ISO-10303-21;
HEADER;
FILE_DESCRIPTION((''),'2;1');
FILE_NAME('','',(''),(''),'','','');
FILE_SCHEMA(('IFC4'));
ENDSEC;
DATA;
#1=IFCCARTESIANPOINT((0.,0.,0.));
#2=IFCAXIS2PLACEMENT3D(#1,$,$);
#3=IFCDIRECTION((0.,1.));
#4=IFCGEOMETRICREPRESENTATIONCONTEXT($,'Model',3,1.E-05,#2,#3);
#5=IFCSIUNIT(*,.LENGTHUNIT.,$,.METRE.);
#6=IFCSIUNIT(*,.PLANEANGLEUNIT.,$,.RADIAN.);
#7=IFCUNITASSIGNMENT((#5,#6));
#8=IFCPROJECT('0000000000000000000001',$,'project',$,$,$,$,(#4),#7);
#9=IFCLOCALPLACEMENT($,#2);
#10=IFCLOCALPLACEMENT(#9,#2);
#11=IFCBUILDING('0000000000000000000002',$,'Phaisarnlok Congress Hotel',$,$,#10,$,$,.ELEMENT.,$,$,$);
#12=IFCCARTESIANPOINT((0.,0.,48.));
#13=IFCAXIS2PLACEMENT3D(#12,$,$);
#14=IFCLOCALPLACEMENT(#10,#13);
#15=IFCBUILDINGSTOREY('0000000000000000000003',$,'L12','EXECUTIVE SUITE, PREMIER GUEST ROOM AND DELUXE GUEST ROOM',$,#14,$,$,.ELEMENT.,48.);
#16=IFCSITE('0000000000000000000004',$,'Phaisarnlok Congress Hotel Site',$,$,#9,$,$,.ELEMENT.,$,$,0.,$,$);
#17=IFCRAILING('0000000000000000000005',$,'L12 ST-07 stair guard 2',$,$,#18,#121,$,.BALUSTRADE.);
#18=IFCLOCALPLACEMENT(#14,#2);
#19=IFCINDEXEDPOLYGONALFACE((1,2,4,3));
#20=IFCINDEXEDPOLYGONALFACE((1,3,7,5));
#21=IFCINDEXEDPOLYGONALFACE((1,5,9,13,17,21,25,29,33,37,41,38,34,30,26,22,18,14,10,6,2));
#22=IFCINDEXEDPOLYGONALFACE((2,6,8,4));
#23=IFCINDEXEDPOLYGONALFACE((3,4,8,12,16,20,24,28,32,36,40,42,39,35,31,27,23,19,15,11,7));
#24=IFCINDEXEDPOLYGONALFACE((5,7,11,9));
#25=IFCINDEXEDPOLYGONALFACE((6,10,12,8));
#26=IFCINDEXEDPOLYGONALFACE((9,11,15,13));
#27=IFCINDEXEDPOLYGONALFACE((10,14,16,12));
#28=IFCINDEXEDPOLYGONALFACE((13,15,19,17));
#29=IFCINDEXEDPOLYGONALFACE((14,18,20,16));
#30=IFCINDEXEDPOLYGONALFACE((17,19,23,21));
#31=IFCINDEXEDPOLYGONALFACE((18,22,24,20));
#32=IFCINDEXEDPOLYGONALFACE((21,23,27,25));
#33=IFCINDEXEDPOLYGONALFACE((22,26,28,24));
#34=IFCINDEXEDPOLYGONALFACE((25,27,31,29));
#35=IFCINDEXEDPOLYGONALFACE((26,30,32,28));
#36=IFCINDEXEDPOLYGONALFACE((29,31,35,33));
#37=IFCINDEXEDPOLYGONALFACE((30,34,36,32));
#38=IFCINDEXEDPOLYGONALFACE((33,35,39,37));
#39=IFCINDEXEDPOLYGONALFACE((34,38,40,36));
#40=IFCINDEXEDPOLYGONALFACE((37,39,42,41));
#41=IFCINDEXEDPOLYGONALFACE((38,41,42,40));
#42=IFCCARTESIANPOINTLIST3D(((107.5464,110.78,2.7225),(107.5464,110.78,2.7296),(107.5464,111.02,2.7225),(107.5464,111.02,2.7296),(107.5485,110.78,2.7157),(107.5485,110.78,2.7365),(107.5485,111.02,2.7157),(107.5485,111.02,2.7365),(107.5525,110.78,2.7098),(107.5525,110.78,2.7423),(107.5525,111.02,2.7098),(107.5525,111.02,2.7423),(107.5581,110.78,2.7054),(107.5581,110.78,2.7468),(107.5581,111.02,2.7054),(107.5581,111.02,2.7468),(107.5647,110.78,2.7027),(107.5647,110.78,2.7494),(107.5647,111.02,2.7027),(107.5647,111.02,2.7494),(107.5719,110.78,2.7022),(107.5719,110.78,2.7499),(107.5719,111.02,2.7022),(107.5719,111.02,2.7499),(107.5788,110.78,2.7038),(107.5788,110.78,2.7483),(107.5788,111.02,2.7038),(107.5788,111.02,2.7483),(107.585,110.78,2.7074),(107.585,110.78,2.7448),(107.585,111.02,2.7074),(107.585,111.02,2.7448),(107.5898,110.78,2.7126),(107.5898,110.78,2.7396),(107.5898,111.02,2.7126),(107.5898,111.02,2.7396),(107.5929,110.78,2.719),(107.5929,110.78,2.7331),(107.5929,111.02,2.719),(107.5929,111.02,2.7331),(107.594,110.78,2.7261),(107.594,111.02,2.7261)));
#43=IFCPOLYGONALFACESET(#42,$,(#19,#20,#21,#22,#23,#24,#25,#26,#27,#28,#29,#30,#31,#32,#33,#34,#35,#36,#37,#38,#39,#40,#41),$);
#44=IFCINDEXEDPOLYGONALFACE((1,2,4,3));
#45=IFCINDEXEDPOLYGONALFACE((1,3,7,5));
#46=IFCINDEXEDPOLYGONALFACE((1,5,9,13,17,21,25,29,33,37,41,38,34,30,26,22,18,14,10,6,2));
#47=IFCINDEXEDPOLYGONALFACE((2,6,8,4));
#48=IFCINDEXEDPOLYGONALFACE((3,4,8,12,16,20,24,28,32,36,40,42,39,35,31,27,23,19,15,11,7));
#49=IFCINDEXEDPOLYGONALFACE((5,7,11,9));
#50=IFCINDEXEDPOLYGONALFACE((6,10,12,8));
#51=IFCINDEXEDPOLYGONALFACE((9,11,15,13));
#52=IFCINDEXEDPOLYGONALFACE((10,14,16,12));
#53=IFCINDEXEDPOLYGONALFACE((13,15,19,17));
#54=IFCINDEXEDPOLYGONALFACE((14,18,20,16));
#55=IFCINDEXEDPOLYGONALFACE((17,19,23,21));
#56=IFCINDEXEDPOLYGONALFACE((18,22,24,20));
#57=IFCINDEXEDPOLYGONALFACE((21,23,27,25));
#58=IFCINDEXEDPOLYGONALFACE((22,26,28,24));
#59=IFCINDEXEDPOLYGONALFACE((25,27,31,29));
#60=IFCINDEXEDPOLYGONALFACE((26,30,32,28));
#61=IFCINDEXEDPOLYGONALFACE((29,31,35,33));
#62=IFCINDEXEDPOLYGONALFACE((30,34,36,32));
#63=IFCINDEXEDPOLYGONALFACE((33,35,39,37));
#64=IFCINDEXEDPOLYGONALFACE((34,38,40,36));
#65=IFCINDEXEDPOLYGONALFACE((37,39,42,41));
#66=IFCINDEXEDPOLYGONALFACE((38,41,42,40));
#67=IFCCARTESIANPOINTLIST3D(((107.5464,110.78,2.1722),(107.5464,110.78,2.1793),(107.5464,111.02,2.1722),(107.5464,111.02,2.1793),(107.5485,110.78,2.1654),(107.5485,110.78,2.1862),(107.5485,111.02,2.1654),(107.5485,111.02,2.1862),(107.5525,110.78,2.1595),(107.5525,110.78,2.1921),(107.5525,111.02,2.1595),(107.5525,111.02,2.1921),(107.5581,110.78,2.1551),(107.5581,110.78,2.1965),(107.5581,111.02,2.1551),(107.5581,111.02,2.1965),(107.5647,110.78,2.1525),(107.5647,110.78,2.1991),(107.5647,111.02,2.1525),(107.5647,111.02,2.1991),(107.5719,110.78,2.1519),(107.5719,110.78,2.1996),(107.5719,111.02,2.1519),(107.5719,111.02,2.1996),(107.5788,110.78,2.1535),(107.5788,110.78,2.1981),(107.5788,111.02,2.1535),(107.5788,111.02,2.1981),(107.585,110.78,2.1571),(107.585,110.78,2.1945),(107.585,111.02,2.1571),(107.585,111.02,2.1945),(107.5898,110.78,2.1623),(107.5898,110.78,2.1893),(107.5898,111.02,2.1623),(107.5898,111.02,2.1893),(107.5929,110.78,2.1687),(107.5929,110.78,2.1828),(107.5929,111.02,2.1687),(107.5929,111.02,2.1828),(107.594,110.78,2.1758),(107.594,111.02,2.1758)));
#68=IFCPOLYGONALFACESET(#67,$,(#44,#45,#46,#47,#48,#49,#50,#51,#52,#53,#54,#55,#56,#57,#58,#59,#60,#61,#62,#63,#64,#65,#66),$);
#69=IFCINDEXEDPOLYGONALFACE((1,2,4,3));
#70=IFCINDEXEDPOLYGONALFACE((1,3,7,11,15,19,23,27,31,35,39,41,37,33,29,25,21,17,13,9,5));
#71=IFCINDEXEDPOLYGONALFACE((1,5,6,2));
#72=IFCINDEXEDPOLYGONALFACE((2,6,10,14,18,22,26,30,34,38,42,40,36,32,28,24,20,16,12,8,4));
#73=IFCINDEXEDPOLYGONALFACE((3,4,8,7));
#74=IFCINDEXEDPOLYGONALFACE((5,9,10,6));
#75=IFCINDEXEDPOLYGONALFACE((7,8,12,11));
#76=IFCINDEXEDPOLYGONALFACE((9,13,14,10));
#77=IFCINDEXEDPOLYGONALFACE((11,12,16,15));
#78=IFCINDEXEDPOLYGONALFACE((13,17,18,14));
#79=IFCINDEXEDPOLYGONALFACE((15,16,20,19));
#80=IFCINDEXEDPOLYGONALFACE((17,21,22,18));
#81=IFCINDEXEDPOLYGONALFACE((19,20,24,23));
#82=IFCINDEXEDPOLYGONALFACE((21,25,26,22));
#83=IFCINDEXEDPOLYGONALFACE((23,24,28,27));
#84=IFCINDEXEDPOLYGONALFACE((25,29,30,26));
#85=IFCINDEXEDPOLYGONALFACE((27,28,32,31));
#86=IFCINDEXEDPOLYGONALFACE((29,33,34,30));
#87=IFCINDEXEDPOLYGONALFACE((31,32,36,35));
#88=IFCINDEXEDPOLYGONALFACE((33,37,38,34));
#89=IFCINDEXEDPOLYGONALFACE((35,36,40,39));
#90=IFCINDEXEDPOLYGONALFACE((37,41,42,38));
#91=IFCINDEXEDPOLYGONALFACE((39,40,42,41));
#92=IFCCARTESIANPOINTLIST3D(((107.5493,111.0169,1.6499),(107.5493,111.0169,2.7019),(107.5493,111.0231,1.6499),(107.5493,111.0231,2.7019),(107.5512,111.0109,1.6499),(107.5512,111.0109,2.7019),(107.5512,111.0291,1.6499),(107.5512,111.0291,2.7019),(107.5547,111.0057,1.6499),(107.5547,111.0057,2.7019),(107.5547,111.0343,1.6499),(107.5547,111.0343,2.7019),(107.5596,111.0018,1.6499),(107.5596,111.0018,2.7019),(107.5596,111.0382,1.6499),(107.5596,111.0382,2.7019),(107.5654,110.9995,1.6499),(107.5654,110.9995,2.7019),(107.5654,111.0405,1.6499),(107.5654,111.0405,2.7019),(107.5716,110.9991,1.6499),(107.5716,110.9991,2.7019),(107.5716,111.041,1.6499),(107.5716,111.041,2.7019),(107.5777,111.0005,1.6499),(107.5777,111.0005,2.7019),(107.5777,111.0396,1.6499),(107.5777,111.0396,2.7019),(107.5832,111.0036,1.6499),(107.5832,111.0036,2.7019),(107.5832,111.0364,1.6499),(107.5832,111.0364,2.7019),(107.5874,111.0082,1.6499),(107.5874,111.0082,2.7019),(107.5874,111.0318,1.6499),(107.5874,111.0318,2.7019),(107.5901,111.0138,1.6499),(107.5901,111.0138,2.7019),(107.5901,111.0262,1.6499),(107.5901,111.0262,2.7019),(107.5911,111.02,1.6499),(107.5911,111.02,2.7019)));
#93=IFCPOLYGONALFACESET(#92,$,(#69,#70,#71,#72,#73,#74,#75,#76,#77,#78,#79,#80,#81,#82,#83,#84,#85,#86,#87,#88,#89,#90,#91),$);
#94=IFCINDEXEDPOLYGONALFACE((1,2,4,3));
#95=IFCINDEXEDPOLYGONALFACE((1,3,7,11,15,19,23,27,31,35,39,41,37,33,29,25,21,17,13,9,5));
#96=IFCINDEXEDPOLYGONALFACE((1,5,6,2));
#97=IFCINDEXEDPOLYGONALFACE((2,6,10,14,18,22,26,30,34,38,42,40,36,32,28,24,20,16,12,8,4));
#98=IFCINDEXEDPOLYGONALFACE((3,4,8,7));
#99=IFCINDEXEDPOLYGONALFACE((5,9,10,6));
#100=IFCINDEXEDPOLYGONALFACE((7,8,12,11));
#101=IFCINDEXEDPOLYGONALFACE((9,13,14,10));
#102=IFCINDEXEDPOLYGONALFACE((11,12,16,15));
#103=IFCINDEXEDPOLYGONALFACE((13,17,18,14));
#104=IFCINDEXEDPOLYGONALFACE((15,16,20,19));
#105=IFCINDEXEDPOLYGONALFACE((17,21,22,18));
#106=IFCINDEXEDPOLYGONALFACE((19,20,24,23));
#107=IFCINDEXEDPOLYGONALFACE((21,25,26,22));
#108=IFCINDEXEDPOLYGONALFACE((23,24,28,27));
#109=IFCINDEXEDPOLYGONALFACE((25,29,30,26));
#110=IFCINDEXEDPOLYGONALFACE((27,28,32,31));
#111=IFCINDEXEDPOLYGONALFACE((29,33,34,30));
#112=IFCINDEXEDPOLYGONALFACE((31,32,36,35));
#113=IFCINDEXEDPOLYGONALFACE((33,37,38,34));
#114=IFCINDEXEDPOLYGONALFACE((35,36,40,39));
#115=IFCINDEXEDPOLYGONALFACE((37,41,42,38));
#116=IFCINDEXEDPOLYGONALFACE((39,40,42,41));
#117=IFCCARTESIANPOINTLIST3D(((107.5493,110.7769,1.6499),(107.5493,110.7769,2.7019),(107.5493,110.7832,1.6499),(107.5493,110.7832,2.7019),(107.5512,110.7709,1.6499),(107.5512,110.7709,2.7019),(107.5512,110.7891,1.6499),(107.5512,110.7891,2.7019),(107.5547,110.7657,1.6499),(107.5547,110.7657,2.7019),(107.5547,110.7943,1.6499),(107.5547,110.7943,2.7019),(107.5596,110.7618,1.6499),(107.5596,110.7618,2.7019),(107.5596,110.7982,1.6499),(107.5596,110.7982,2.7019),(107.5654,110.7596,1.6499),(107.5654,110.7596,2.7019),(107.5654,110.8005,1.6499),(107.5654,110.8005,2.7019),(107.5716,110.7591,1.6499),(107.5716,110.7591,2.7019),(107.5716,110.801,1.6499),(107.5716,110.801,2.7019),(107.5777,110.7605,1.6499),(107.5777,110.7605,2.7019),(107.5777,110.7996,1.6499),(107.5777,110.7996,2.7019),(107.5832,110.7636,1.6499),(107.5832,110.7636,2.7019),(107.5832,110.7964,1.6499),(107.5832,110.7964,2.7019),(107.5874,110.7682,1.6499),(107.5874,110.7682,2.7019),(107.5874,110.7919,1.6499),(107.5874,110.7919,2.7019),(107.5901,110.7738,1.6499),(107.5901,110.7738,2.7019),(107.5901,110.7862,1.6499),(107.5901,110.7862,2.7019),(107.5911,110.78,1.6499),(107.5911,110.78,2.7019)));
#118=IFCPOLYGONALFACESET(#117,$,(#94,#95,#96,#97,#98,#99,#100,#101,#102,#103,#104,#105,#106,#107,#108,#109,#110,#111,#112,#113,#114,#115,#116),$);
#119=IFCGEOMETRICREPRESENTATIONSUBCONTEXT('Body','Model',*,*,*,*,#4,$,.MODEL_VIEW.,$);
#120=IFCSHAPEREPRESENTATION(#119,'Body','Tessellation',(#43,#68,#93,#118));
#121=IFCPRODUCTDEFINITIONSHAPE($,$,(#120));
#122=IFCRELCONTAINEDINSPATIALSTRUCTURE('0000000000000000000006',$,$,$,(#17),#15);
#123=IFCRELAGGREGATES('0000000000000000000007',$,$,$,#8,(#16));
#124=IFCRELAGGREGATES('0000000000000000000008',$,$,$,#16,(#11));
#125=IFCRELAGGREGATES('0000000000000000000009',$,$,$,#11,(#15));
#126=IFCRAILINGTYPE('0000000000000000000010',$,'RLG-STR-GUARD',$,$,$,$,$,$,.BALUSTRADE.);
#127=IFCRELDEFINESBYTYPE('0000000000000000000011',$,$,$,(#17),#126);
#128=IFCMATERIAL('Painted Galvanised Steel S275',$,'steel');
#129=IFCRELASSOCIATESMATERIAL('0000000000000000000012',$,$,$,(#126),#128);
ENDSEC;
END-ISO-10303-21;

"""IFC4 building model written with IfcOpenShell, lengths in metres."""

from ifc_helpers import new_model, si_unit, direction, frame, origin, origin_2d, place, context, subcontext, project, spatial, circle, extrude, material, type_object, element, save


model = new_model("IFC4")

# Units and contexts
model_context = context("Model", 3, precision=1e-05, world=origin(), true_north=direction((0.0, 1.0)))
body_context = subcontext(model_context, "Body", "Model", "MODEL_VIEW")
ifc_project = project(units=[si_unit("LENGTHUNIT", "METRE"), si_unit("PLANEANGLEUNIT", "RADIAN")], contexts=[model_context])

# Site, building, storey
site_placement = place(None, origin())
site = spatial("IfcSite", under=ifc_project, at=site_placement, Name="Phaisarnlok Congress Hotel Site", CompositionType="ELEMENT", RefElevation=0.0)
building_placement = place(site_placement, origin())
building = spatial("IfcBuilding", under=site, at=building_placement, Name="Phaisarnlok Congress Hotel", CompositionType="ELEMENT")
storey_placement = place(building_placement, frame((0.0, 0.0, 48.0)))
storey = spatial("IfcBuildingStorey", under=building, at=storey_placement, Name="L12", Description="EXECUTIVE SUITE, PREMIER GUEST ROOM AND DELUXE GUEST ROOM", CompositionType="ELEMENT", Elevation=48.0)

# Railing
ifc_material_1 = material(Name="Painted Galvanised Steel S275", Category="steel")
railing_type_1 = type_object("IfcRailingType", Name="RLG-STR-GUARD", PredefinedType="BALUSTRADE", material=ifc_material_1)
railing_1_placement = place(storey_placement, frame((107.5701, 111.02, 1.6499)))
element("IfcRailing", 1, at=railing_1_placement, inside=storey, type_object=railing_type_1, Name="L12 ST-07 stair guard 2", PredefinedType="BALUSTRADE", context=body_context, shape_type="SweptSolid", body=[
    extrude(circle(Radius=0.0239, at=origin_2d()), frame((0.0, 0.0, 1.0762), z_axis=(0.0, -1.0, 0.0), x_axis=(1.0, 0.0, 0.0)), (0.0, 0.0, 1.0), 0.24),
    extrude(circle(Radius=0.0239, at=origin_2d()), frame((0.0, 0.0, 0.5259), z_axis=(0.0, -1.0, 0.0), x_axis=(1.0, 0.0, 0.0)), (0.0, 0.0, 1.0), 0.24),
    extrude(circle(Radius=0.021, at=origin_2d()), origin(), (0.0, 0.0, 1.0), 1.052),
    extrude(circle(Radius=0.021, at=origin_2d()), frame((0.0, -0.24, 0.0)), (0.0, 0.0, 1.0), 1.052),
])

save(model, "model.ifc")
